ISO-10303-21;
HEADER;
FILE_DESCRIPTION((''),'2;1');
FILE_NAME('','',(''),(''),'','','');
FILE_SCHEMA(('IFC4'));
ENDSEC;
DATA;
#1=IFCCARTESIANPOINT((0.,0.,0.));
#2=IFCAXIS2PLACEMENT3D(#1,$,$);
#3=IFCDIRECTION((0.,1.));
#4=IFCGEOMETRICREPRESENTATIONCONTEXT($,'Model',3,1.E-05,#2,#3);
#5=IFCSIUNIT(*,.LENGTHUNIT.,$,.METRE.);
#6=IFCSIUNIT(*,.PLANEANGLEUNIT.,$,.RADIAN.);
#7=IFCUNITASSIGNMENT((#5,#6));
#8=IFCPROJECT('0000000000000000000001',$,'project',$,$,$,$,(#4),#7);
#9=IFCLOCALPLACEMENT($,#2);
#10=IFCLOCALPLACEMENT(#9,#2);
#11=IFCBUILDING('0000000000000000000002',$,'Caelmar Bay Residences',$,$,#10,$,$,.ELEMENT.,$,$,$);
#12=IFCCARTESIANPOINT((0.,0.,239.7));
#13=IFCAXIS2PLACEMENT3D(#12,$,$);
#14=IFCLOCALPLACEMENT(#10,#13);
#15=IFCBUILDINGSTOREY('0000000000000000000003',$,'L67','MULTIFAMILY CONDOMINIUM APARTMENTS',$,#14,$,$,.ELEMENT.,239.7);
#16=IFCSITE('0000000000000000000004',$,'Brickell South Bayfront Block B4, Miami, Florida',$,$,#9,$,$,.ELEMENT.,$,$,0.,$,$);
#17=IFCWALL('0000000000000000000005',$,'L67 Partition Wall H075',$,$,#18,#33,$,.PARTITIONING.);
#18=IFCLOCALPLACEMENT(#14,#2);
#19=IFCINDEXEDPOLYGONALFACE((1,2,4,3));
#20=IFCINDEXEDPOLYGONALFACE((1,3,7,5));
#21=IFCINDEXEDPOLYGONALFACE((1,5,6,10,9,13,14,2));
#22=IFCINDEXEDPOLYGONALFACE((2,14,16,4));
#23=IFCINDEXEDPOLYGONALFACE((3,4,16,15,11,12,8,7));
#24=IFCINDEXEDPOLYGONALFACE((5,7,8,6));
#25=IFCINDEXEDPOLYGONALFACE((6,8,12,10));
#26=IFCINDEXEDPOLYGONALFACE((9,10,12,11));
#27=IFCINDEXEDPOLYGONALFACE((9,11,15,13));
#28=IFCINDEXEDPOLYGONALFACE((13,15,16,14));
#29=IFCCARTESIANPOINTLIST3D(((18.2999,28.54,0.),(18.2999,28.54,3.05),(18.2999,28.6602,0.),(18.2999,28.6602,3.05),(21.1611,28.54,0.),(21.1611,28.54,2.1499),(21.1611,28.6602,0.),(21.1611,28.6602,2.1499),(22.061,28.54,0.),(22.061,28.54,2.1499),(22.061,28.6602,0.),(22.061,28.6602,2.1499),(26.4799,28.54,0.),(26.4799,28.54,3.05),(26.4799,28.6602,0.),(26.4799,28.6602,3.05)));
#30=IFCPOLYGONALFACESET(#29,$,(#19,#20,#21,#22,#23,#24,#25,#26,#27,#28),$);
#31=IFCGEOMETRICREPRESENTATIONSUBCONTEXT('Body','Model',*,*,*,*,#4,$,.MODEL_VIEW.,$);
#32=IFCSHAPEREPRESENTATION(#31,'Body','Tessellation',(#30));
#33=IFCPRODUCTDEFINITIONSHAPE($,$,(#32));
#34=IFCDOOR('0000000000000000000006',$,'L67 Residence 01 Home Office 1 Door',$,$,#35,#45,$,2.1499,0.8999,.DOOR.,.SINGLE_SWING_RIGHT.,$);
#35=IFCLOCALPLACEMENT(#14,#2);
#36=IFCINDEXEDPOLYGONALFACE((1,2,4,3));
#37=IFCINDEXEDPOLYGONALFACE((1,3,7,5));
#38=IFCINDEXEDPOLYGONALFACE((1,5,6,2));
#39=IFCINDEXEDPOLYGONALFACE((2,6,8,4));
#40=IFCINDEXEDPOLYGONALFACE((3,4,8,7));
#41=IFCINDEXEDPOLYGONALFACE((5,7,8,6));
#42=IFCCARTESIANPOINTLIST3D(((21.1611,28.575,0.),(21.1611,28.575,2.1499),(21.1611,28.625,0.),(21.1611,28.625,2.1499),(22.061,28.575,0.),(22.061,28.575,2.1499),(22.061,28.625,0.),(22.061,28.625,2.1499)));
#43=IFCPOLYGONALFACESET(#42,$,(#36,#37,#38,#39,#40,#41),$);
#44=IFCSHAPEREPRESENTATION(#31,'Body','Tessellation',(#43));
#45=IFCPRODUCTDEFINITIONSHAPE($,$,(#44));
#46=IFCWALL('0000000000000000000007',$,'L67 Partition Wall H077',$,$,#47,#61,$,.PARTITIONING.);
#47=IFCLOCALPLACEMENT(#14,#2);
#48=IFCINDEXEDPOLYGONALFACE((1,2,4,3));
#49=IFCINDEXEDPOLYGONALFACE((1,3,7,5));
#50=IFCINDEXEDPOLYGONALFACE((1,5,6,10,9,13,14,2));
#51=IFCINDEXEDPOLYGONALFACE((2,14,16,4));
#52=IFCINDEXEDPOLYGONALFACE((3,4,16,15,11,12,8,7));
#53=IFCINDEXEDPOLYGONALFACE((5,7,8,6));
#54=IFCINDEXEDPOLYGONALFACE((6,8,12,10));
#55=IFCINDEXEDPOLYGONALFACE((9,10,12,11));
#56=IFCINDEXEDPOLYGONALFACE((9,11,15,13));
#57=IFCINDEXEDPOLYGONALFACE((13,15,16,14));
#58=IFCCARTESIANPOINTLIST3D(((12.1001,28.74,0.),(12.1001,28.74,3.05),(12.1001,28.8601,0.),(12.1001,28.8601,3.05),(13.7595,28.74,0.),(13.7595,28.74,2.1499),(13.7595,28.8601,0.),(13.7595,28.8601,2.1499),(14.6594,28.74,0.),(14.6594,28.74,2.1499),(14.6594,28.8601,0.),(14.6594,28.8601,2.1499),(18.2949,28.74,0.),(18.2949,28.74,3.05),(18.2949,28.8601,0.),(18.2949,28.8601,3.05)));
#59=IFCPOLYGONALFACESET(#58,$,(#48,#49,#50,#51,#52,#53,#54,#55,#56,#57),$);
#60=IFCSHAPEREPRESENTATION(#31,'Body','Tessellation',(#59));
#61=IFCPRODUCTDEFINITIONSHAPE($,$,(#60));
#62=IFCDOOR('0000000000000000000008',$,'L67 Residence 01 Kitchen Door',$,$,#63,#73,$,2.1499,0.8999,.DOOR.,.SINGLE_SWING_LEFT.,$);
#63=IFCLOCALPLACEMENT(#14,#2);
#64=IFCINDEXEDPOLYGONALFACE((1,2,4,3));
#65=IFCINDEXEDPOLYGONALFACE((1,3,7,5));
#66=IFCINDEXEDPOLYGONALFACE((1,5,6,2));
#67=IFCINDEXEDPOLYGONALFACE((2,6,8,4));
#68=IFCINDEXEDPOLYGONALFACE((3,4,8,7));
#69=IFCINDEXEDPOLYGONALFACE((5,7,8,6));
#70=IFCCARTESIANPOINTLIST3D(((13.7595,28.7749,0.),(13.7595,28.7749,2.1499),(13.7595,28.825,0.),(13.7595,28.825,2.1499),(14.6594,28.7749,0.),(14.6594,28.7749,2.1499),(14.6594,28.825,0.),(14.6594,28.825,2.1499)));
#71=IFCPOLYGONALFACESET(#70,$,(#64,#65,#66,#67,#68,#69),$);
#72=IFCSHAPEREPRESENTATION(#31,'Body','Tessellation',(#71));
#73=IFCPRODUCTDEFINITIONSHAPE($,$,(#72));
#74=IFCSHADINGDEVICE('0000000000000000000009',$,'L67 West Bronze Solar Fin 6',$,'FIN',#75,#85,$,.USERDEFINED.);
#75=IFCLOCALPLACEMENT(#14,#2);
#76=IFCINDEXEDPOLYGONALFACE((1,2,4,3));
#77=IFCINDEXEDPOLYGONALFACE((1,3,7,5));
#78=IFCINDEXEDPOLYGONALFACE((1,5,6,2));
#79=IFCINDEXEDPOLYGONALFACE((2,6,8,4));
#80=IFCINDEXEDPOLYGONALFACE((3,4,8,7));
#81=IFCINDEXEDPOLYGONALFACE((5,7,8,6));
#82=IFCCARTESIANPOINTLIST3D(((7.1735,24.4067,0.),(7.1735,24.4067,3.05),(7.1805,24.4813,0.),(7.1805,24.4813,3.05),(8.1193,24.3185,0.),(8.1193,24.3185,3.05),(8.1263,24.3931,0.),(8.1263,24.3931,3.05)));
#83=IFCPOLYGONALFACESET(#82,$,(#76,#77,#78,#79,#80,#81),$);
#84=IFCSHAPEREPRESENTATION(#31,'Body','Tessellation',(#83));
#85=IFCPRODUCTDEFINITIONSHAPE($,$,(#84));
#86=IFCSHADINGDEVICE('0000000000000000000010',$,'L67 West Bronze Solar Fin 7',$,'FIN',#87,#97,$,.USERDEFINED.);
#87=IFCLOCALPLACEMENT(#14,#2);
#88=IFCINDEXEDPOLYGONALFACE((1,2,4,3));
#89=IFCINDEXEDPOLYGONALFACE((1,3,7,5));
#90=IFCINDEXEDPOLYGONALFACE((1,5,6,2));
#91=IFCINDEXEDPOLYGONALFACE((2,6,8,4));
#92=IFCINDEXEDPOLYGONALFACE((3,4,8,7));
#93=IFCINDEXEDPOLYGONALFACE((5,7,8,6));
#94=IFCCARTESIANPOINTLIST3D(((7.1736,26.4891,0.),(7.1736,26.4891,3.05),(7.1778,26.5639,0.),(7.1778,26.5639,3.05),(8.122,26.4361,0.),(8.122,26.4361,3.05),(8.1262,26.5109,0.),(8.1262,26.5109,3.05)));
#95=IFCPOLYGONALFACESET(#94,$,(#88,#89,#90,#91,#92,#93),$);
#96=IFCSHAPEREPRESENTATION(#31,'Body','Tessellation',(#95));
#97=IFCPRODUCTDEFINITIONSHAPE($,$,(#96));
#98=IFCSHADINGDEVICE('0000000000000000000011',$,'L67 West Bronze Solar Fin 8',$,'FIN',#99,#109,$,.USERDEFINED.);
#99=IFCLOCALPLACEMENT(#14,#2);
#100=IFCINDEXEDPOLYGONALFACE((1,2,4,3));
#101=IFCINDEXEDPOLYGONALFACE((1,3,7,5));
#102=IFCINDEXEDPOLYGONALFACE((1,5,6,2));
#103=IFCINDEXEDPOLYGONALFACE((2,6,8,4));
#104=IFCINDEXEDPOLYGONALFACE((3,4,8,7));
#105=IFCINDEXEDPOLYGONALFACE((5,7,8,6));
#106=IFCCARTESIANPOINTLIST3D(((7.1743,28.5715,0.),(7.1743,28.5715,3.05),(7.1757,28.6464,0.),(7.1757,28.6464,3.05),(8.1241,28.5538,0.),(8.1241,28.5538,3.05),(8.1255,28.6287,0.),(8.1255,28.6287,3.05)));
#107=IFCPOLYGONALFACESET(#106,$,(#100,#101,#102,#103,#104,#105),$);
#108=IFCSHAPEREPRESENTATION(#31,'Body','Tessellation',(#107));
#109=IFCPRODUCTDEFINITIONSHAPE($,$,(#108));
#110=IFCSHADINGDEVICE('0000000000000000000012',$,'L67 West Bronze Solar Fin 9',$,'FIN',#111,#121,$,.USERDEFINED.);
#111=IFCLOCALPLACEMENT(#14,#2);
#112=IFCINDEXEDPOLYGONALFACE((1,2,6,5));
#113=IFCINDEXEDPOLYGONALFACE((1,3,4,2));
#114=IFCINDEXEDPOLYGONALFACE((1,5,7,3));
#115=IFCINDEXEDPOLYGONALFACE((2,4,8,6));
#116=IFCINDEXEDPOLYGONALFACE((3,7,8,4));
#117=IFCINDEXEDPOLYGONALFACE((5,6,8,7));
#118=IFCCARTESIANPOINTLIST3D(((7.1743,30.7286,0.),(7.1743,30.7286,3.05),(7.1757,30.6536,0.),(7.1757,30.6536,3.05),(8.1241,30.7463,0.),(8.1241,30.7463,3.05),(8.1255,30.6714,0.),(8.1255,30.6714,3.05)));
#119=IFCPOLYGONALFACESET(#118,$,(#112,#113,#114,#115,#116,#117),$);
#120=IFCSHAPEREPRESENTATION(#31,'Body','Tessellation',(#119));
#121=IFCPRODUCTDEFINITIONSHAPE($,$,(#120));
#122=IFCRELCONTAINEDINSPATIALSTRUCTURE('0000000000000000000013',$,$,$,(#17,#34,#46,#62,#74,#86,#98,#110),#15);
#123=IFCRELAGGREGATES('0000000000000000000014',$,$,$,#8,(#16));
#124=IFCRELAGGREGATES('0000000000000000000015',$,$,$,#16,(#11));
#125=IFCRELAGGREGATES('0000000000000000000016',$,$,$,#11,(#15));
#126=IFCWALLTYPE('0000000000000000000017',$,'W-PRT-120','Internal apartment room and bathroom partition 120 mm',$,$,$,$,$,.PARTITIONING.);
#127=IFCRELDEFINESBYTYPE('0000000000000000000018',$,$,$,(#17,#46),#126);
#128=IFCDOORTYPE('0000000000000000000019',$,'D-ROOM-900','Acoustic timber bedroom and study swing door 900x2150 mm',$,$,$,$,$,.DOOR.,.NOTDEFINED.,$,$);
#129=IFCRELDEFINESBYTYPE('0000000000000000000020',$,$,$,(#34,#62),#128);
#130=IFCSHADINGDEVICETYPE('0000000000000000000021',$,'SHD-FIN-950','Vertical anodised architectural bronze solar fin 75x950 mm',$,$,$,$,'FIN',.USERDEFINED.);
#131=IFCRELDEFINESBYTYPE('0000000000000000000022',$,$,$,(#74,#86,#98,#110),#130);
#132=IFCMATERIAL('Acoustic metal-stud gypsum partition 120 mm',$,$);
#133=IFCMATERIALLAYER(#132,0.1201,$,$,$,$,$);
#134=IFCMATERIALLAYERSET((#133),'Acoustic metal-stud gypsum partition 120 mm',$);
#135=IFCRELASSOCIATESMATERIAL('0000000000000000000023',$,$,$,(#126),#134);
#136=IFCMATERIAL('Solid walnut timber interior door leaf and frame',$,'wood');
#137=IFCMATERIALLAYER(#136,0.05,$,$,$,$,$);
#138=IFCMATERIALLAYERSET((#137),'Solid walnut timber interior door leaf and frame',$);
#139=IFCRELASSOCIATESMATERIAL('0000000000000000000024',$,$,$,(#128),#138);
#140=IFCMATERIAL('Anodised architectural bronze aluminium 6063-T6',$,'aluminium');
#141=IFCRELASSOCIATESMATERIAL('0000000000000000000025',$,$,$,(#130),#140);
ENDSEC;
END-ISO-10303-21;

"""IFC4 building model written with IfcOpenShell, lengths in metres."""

from ifc_helpers import new_model, si_unit, direction, frame, frame_2d, origin, origin_2d, place, context, subcontext, project, spatial, rectangle, extrude, material, layer, layer_set, material_profile, profile_set, type_object, element, fill, save


model = new_model("IFC4")

# Units and contexts
model_context = context("Model", 3, precision=1e-05, world=origin(), true_north=direction((0.0, 1.0)))
body_context = subcontext(model_context, "Body", "Model", "MODEL_VIEW")
ifc_project = project(units=[si_unit("LENGTHUNIT", "METRE"), si_unit("PLANEANGLEUNIT", "RADIAN")], contexts=[model_context])

# Site, building, storey
site_placement = place(None, origin())
site = spatial("IfcSite", under=ifc_project, at=site_placement, Name="Brickell South Bayfront Block B4, Miami, Florida", CompositionType="ELEMENT", RefElevation=0.0)
building_placement = place(site_placement, origin())
building = spatial("IfcBuilding", under=site, at=building_placement, Name="Caelmar Bay Residences", CompositionType="ELEMENT")
storey_placement = place(building_placement, frame((0.0, 0.0, 239.7)))
storey = spatial("IfcBuildingStorey", under=building, at=storey_placement, Name="L67", Description="MULTIFAMILY CONDOMINIUM APARTMENTS", CompositionType="ELEMENT", Elevation=239.7)

# Shared definitions
ifc_material_1 = material(Name="Acoustic metal-stud gypsum partition 120 mm")
ifc_layer_1 = layer(ifc_material_1, 0.1201)
ifc_layer_set_1 = layer_set([ifc_layer_1], Name="Acoustic metal-stud gypsum partition 120 mm")
wall_type_1 = type_object("IfcWallType", Name="W-PRT-120", Description="Internal apartment room and bathroom partition 120 mm", PredefinedType="PARTITIONING", material=ifc_layer_set_1)

# Walls, openings, doors
ifc_material_2 = material(Name="Solid walnut timber interior door leaf and frame", Category="wood")
wall_1_placement = place(storey_placement, frame((18.3, 28.6001, 0.0), z_axis=(0.0, 0.0, 1.0), x_axis=(1.0, 0.0, 0.0)))
wall_1 = element("IfcWall", 1, at=wall_1_placement, inside=storey, type_object=wall_type_1, Name="L67 Partition Wall H075", PredefinedType="PARTITIONING", context=body_context, shape_type="SweptSolid", body=[
    extrude(rectangle(XDim=8.1799, YDim=0.1201, at=frame_2d((4.0898, 0.0))), origin(), (0.0, 0.0, 1.0), 3.05),
])
opening_1_placement = place(wall_1_placement, frame((2.8611, 0.0, 0.0)))
opening_1 = element("IfcOpeningElement", 2, at=opening_1_placement, cuts=wall_1, PredefinedType="OPENING", context=body_context, shape_type="SweptSolid", body=[
    extrude(rectangle(XDim=0.8999, YDim=2.1499, at=frame_2d((0.45, 1.075))), frame((0.0, 0.0701, 0.0), z_axis=(0.0, -1.0, 0.0), x_axis=(1.0, 0.0, 0.0)), (0.0, 0.0, 1.0), 0.1401),
])
ifc_layer_2 = layer(ifc_material_2, 0.05)
ifc_layer_set_2 = layer_set([ifc_layer_2], Name="Solid walnut timber interior door leaf and frame")
door_type_1 = type_object("IfcDoorType", Name="D-ROOM-900", Description="Acoustic timber bedroom and study swing door 900x2150 mm", OperationType="NOTDEFINED", PredefinedType="DOOR", material=ifc_layer_set_2)
door_1_placement = place(opening_1_placement, origin())
door_1 = element("IfcDoor", 3, at=door_1_placement, inside=storey, type_object=door_type_1, Name="L67 Residence 01 Home Office 1 Door", OperationType="SINGLE_SWING_RIGHT", OverallHeight=2.1499, OverallWidth=0.8999, PredefinedType="DOOR", context=body_context, shape_type="SweptSolid", body=[
    extrude(rectangle(XDim=0.8999, YDim=2.1499, at=frame_2d((0.45, 1.075))), frame((0.0, 0.0249, 0.0), z_axis=(0.0, -1.0, 0.0), x_axis=(1.0, 0.0, 0.0)), (0.0, 0.0, 1.0), 0.05),
])
fill(opening_1, door_1)
wall_2_placement = place(storey_placement, frame((12.1001, 28.8, 0.0), z_axis=(0.0, 0.0, 1.0), x_axis=(1.0, 0.0, 0.0)))
wall_2 = element("IfcWall", 4, at=wall_2_placement, inside=storey, type_object=wall_type_1, Name="L67 Partition Wall H077", PredefinedType="PARTITIONING", context=body_context, shape_type="SweptSolid", body=[
    extrude(rectangle(XDim=6.1948, YDim=0.1201, at=frame_2d((3.0974, 0.0))), origin(), (0.0, 0.0, 1.0), 3.05),
])
opening_2_placement = place(wall_2_placement, frame((1.6594, 0.0, 0.0)))
opening_2 = element("IfcOpeningElement", 5, at=opening_2_placement, cuts=wall_2, PredefinedType="OPENING", context=body_context, shape_type="SweptSolid", body=[
    extrude(rectangle(XDim=0.8999, YDim=2.1499, at=frame_2d((0.45, 1.075))), frame((0.0, 0.0701, 0.0), z_axis=(0.0, -1.0, 0.0), x_axis=(1.0, 0.0, 0.0)), (0.0, 0.0, 1.0), 0.1401),
])
door_2_placement = place(opening_2_placement, origin())
door_2 = element("IfcDoor", 6, at=door_2_placement, inside=storey, type_object=door_type_1, Name="L67 Residence 01 Kitchen Door", OperationType="SINGLE_SWING_LEFT", OverallHeight=2.1499, OverallWidth=0.8999, PredefinedType="DOOR", context=body_context, shape_type="SweptSolid", body=[
    extrude(rectangle(XDim=0.8999, YDim=2.1499, at=frame_2d((0.45, 1.075))), frame((0.0, 0.0249, 0.0), z_axis=(0.0, -1.0, 0.0), x_axis=(1.0, 0.0, 0.0)), (0.0, 0.0, 1.0), 0.05),
])
fill(opening_2, door_2)

# Shading devices
ifc_material_3 = material(Name="Anodised architectural bronze aluminium 6063-T6", Category="aluminium")
ifc_material_profile_1 = material_profile(ifc_material_3, rectangle(XDim=0.075, YDim=0.95, at=origin_2d()), Name="BRONZE-FIN-75X950")
ifc_profile_set_1 = profile_set([ifc_material_profile_1], Name="Anodised architectural bronze aluminium 6063-T6")
shading_device_type = type_object("IfcShadingDeviceType", Name="SHD-FIN-950", Description="Vertical anodised architectural bronze solar fin 75x950 mm", ElementType="FIN", PredefinedType="USERDEFINED", material=ifc_profile_set_1)
for number, where, z_axis, x_axis, name in (
    (7, (7.6499, 24.3999, 0.0), (0.0, 0.0, 1.0), (0.092892, 0.995676, 0.0), "L67 West Bronze Solar Fin 6"),
    (8, (7.6499, 26.5, 0.0), (0.0, 0.0, 1.0), (0.055822, 0.998441, 0.0), "L67 West Bronze Solar Fin 7"),
    (9, (7.6499, 28.6001, 0.0), (0.0, 0.0, 1.0), (0.018674, 0.999826, 0.0), "L67 West Bronze Solar Fin 8"),
    (10, (7.6499, 30.7, 0.0), (0.0, 0.0, 1.0), (-0.018674, 0.999826, 0.0), "L67 West Bronze Solar Fin 9"),
):
    element("IfcShadingDevice", number, at=place(storey_placement, frame(where, z_axis=z_axis, x_axis=x_axis)), inside=storey, type_object=shading_device_type, Name=name, ObjectType="FIN", PredefinedType="USERDEFINED", context=body_context, shape_type="SweptSolid", body=[
        extrude(rectangle(XDim=0.075, YDim=0.95, at=origin_2d()), origin(), (0.0, 0.0, 1.0), 3.05),
    ])

save(model, "model.ifc")
